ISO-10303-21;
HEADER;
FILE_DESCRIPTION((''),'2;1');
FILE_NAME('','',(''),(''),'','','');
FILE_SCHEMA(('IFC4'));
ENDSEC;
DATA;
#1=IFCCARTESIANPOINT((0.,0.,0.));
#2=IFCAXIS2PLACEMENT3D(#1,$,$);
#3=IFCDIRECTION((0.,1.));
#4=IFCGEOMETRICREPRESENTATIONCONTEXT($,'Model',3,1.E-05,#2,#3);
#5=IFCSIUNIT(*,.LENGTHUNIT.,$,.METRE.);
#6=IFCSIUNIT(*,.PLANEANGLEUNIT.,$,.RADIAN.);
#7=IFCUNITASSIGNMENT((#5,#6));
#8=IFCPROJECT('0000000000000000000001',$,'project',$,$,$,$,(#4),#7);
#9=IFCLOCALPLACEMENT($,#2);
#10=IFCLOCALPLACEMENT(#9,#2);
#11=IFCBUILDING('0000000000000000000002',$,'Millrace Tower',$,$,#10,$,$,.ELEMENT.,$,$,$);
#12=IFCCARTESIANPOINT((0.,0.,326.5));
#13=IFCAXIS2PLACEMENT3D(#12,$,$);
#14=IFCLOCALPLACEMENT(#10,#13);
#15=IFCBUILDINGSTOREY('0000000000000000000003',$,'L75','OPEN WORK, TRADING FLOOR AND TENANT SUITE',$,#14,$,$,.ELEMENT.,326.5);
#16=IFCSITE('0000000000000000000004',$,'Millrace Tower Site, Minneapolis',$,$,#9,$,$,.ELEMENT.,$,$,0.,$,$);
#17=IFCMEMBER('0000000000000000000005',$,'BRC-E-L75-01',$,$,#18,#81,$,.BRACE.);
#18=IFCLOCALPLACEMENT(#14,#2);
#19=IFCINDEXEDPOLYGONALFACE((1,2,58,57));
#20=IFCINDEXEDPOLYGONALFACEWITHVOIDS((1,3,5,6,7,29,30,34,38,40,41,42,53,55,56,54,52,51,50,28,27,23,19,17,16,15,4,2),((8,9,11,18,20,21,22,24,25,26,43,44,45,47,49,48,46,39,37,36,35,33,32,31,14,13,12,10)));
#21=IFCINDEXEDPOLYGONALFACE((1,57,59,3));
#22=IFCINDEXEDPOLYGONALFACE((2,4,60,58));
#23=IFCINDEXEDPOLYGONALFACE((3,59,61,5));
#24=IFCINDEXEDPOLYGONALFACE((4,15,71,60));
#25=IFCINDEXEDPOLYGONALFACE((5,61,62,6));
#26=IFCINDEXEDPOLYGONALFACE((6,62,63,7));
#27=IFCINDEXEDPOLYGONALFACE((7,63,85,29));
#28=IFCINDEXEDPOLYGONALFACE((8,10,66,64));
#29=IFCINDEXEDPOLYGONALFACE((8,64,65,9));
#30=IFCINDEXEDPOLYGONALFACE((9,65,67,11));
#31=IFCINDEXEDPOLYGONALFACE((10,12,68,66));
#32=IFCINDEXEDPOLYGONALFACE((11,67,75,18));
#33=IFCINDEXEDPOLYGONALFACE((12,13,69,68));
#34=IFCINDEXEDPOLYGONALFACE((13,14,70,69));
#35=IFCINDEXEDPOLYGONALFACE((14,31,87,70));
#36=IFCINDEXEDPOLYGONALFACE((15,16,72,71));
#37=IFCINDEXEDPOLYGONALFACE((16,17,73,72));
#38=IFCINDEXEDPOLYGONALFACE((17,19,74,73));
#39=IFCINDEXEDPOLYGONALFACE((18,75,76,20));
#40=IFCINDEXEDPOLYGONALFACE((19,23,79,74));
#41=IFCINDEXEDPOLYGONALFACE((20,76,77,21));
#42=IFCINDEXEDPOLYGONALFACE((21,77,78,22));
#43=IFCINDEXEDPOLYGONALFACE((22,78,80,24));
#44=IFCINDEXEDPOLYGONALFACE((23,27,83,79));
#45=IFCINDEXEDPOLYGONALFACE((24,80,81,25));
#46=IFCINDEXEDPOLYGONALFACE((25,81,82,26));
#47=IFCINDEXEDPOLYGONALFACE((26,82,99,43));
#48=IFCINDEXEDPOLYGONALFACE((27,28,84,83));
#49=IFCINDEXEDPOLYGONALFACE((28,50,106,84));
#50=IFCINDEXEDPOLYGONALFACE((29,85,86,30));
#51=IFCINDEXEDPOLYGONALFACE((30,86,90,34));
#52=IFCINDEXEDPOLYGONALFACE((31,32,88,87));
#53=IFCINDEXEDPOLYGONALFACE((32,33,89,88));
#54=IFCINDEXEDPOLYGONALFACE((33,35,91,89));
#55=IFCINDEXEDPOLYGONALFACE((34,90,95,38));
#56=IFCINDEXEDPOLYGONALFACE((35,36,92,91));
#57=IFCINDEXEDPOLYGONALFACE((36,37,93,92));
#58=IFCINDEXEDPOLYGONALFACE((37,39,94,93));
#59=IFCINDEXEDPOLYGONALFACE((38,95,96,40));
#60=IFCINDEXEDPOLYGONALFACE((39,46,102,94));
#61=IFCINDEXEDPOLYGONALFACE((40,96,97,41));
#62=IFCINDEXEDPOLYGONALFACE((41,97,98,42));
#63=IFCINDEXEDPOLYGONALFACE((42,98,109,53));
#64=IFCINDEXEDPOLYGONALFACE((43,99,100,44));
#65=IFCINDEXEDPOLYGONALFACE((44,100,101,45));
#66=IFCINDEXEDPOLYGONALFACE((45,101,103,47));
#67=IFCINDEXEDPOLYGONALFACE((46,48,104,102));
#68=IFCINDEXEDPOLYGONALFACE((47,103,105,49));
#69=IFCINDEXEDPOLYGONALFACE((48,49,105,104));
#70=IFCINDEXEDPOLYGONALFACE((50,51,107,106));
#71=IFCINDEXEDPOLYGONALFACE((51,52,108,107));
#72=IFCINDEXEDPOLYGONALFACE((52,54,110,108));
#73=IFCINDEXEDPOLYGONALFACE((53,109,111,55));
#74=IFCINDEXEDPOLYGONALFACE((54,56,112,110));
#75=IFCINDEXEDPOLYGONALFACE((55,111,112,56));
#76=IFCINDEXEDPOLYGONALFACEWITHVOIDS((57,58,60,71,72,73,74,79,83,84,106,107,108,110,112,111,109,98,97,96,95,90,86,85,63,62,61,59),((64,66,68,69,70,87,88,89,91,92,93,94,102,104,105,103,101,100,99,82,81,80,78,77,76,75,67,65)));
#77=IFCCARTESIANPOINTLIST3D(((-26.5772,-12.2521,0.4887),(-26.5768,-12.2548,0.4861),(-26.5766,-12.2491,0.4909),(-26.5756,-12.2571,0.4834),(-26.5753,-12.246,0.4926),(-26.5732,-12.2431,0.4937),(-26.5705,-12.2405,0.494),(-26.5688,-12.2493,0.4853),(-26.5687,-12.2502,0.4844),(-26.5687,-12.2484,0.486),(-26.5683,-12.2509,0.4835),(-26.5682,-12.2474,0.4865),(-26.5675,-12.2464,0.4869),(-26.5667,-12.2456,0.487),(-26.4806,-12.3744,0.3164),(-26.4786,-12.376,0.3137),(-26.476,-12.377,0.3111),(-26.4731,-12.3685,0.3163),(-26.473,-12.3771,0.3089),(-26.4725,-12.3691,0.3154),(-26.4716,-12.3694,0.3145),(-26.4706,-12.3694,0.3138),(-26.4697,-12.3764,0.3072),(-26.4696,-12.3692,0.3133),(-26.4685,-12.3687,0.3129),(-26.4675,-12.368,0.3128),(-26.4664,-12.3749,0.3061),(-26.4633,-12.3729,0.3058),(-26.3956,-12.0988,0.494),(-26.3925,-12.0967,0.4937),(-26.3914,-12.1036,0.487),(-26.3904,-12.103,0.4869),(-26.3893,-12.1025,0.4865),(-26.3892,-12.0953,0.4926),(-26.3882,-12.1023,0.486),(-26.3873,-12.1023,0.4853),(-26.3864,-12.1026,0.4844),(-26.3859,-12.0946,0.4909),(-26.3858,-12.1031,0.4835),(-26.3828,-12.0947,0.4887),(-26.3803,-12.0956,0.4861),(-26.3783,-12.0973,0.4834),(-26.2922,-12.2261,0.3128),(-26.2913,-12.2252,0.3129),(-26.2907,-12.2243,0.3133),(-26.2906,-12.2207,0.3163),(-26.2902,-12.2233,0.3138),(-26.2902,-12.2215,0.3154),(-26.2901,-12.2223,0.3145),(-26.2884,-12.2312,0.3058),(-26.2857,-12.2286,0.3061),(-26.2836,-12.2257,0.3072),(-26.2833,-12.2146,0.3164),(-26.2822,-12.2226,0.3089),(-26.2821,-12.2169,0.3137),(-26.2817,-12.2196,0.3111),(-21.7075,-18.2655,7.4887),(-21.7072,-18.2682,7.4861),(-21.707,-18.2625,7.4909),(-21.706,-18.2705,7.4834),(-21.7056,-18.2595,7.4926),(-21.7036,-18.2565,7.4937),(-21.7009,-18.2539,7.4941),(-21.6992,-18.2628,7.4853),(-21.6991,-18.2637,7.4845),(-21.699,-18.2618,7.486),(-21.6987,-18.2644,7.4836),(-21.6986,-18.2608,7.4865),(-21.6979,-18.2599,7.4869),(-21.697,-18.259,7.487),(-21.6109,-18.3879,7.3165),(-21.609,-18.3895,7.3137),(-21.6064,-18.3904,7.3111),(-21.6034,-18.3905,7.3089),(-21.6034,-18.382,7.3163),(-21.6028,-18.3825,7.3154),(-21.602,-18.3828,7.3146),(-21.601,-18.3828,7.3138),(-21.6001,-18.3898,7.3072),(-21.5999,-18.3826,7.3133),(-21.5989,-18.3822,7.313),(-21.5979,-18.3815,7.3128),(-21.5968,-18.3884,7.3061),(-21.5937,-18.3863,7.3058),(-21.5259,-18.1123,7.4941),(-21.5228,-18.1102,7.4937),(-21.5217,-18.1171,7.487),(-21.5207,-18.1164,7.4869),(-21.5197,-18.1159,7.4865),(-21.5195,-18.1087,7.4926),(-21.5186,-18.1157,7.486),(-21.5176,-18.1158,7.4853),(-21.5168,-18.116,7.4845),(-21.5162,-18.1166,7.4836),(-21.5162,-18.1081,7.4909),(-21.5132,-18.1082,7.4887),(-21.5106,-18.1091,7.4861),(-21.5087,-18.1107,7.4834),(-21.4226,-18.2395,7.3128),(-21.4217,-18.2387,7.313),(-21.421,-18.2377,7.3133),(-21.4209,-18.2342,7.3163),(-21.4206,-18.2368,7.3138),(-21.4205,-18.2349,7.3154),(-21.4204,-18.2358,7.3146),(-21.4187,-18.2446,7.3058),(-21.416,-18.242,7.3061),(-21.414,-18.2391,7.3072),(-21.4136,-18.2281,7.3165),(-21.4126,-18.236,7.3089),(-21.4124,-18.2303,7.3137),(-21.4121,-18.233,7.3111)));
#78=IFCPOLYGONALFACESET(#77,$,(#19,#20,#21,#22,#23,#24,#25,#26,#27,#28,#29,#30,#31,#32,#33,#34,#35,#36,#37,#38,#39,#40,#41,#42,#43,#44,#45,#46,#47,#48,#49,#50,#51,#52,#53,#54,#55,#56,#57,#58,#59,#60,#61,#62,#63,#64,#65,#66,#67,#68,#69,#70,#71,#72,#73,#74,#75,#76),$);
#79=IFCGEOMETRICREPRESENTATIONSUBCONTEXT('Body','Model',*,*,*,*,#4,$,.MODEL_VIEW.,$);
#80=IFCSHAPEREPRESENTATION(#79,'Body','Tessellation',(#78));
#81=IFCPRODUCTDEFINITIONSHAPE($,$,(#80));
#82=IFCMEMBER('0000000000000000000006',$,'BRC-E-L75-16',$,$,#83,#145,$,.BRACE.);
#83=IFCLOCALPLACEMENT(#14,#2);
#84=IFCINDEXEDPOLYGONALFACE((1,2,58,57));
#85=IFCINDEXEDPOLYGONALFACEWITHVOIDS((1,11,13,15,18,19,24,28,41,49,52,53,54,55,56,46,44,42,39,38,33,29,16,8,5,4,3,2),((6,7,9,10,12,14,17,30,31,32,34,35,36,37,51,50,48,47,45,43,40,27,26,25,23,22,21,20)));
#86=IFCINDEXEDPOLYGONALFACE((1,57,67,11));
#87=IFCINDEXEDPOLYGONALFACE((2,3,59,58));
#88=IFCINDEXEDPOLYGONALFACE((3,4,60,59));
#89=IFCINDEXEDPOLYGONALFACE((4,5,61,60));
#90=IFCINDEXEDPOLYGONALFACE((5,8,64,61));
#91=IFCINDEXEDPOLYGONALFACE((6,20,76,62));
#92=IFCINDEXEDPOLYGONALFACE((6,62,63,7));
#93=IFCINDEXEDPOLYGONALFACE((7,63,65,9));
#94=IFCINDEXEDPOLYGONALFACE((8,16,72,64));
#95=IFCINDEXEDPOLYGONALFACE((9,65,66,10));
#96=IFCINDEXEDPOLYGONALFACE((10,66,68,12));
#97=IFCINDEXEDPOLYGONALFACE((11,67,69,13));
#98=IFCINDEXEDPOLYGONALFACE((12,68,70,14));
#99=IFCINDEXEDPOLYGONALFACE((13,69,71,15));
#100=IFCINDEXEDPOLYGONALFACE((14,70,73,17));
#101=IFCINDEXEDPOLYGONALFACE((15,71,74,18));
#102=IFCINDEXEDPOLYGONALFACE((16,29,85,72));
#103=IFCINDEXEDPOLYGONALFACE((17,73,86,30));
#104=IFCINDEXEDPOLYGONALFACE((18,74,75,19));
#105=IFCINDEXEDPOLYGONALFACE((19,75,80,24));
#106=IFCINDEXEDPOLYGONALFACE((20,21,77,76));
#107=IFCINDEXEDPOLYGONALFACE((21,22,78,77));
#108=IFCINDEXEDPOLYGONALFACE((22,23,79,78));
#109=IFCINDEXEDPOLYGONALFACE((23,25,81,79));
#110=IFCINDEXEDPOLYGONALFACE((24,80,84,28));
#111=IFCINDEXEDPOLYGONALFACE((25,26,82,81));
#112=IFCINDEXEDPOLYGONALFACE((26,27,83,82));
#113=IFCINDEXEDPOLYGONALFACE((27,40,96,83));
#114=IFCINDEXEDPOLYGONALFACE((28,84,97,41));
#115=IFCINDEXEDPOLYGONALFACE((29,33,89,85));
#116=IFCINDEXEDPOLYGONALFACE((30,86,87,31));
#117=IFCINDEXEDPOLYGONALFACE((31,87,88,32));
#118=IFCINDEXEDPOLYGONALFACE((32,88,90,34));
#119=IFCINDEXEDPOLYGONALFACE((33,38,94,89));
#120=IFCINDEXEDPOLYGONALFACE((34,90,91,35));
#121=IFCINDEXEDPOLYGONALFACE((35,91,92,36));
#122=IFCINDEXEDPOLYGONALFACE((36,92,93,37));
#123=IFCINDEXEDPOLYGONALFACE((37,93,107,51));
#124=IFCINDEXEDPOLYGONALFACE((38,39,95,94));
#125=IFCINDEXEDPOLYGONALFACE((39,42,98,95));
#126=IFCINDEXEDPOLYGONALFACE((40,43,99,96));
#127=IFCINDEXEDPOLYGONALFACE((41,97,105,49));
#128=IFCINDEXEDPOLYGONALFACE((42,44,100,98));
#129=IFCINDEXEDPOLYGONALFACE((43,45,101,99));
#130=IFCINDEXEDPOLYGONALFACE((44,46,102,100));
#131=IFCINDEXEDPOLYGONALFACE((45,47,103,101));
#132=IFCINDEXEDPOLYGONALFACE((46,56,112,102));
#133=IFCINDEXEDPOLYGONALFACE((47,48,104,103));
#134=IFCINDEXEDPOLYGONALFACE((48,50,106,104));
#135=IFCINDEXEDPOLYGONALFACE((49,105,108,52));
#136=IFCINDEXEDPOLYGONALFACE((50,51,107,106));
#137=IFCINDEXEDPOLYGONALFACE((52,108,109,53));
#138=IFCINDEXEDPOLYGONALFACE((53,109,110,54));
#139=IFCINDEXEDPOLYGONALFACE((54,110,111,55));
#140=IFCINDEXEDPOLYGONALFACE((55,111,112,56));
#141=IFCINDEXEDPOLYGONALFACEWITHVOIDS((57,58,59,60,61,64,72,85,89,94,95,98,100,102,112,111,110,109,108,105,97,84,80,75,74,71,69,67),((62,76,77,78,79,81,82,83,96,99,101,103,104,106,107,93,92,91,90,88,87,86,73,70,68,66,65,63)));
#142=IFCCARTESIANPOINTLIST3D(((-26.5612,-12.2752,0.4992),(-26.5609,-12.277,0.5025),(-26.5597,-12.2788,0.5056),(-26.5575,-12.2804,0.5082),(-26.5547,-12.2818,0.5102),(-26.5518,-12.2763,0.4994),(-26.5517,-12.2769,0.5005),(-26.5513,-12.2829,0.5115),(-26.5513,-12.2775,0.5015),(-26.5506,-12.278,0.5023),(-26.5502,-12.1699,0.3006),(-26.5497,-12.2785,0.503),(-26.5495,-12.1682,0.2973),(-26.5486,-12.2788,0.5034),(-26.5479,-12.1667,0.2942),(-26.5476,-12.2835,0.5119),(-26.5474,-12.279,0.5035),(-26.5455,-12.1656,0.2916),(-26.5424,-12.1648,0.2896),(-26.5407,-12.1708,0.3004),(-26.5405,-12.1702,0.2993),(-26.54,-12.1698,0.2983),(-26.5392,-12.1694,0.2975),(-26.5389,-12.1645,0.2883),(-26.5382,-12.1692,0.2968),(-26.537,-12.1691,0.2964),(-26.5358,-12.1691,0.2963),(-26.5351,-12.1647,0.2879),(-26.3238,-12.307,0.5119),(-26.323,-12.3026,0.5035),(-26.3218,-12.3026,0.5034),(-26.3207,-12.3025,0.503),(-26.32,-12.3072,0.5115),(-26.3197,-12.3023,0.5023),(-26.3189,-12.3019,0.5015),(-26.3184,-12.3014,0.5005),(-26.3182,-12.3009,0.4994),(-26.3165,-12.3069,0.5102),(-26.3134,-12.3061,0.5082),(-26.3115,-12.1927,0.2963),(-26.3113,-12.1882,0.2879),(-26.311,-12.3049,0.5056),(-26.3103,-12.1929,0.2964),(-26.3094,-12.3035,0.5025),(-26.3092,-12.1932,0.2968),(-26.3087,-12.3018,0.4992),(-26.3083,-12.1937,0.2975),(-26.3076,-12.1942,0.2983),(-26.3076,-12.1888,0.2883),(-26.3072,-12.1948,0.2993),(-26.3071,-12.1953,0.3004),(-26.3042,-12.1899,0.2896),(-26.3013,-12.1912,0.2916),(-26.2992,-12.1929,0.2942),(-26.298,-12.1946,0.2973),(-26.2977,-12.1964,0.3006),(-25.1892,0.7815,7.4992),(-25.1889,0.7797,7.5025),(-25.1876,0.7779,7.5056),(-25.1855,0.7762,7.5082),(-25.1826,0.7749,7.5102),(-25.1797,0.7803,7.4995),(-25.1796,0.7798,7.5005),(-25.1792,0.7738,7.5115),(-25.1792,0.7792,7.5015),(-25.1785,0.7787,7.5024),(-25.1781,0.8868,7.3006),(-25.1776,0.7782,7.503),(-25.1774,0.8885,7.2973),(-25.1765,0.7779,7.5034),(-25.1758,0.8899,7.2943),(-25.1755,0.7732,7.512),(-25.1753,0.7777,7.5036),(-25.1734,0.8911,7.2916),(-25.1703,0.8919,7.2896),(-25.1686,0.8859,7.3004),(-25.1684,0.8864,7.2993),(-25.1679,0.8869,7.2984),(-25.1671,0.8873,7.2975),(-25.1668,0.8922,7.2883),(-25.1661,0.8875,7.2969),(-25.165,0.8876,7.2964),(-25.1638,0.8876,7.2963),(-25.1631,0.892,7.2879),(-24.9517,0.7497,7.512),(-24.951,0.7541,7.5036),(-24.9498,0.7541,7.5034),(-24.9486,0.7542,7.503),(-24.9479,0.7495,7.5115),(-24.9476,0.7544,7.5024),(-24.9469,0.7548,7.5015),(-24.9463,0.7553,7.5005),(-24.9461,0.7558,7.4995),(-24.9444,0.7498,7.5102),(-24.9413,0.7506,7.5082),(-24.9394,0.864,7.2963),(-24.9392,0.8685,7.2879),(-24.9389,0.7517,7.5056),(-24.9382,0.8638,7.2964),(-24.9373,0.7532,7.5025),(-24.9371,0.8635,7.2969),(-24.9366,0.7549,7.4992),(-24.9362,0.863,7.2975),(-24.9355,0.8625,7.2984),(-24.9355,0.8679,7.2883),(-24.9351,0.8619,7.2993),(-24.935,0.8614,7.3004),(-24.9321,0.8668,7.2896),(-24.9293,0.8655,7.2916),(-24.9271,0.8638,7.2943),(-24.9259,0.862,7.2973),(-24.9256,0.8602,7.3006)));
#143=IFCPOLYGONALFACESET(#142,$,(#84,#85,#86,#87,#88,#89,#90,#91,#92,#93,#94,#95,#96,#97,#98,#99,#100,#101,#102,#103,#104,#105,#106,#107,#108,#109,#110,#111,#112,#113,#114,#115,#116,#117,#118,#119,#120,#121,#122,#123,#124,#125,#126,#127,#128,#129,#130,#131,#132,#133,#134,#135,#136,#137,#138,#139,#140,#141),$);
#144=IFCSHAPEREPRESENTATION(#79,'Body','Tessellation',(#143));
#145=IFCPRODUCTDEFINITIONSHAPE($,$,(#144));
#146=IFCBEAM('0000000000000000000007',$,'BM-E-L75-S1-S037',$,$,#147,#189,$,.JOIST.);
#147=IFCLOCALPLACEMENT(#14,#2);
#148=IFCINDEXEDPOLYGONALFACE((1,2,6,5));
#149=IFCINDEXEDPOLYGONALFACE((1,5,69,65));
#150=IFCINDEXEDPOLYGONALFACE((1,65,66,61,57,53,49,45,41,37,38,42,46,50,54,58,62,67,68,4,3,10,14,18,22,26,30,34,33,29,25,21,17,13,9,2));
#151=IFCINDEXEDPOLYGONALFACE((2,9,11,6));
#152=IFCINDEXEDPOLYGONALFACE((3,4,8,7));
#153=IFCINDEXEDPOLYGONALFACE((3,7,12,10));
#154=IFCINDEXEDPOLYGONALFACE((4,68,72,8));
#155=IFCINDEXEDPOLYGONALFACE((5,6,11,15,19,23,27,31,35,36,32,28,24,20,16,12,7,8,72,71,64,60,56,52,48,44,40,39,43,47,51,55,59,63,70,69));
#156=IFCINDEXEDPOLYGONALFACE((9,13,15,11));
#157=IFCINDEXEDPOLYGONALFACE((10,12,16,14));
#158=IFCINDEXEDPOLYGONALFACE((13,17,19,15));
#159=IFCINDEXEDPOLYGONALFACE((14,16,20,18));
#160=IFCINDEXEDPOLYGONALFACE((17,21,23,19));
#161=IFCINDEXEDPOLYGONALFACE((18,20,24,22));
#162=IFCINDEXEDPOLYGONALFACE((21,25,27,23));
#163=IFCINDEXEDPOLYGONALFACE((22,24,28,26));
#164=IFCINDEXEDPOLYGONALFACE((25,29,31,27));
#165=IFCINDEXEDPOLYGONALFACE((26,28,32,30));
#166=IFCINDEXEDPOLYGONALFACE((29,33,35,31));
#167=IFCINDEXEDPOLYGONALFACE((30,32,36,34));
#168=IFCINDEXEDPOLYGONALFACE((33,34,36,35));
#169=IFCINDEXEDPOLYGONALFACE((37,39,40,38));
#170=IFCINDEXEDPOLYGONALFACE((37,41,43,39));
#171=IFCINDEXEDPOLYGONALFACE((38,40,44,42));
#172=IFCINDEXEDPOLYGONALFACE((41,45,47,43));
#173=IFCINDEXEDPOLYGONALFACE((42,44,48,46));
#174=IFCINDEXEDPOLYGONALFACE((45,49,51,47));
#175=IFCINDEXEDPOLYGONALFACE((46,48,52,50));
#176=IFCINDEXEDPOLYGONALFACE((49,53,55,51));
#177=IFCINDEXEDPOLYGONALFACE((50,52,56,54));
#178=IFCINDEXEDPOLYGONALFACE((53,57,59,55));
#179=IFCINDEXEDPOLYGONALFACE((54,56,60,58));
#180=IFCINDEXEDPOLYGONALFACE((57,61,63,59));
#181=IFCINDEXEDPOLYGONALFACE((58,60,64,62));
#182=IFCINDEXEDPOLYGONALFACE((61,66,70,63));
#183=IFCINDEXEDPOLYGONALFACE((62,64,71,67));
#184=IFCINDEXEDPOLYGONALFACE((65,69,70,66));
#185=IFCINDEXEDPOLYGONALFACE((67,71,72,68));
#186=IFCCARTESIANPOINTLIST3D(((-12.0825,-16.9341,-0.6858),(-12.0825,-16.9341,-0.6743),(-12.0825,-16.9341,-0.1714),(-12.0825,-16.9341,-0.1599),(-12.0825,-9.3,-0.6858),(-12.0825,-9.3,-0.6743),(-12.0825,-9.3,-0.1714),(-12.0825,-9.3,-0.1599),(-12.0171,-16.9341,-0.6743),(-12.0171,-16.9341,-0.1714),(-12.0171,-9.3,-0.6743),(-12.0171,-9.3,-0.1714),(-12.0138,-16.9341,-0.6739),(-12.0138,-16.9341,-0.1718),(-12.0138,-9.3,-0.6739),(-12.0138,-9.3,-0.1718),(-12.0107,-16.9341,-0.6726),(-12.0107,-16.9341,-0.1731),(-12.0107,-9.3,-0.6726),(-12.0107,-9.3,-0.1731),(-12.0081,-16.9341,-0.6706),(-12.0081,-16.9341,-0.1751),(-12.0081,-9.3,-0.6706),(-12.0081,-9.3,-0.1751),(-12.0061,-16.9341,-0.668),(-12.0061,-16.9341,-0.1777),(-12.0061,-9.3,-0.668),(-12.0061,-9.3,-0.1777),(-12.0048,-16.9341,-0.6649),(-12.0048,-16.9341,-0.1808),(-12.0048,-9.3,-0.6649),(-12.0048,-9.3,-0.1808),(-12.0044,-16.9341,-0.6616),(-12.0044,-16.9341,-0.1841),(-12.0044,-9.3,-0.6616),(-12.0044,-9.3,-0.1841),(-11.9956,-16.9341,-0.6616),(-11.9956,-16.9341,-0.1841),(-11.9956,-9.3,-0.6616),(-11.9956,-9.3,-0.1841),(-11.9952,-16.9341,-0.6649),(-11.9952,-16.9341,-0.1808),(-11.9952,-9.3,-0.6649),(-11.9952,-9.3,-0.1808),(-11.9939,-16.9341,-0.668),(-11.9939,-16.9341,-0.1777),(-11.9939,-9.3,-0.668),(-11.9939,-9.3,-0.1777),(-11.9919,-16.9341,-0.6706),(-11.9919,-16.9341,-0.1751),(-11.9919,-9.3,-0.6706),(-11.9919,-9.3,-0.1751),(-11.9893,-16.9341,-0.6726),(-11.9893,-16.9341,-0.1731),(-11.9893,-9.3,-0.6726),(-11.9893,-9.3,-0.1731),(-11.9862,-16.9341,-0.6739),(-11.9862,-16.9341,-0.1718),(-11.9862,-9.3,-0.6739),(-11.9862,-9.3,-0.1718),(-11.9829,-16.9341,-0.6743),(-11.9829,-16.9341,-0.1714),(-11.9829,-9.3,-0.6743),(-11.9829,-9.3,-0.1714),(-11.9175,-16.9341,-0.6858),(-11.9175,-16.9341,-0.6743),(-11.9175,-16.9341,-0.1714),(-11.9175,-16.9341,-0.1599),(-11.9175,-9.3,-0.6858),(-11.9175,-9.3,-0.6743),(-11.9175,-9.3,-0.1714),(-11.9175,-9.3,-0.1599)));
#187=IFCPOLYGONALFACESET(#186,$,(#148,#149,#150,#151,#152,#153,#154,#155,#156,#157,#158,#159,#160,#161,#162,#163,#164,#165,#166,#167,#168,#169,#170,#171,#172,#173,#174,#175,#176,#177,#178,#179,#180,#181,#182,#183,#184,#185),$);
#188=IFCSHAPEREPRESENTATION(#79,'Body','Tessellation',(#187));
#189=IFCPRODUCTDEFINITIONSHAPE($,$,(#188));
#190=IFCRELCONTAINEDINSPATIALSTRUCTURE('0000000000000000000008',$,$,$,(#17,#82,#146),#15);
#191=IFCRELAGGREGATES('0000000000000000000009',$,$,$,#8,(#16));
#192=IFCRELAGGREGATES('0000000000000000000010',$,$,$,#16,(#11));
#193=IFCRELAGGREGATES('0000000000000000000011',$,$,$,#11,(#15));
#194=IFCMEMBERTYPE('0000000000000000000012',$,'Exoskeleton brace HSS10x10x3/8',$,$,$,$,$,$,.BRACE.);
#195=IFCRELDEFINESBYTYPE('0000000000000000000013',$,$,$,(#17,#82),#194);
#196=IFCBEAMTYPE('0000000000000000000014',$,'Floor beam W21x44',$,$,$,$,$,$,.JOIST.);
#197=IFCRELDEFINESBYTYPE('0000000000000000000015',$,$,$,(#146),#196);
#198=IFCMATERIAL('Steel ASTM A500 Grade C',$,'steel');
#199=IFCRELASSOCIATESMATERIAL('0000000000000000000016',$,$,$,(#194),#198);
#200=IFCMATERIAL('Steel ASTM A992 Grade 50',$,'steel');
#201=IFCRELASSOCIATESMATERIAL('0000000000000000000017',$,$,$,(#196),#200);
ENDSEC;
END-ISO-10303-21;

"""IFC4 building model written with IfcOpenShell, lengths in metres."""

from ifc_helpers import new_model, si_unit, direction, frame, origin, origin_2d, place, context, subcontext, project, spatial, hollow_rectangle, i_section, extrude, material, material_profile, profile_set, type_object, element, save


model = new_model("IFC4")

# Units and contexts
model_context = context("Model", 3, precision=1e-05, world=origin(), true_north=direction((0.0, 1.0)))
body_context = subcontext(model_context, "Body", "Model", "MODEL_VIEW")
ifc_project = project(units=[si_unit("LENGTHUNIT", "METRE"), si_unit("PLANEANGLEUNIT", "RADIAN")], contexts=[model_context])

# Site, building, storey
site_placement = place(None, origin())
site = spatial("IfcSite", under=ifc_project, at=site_placement, Name="Millrace Tower Site, Minneapolis", CompositionType="ELEMENT", RefElevation=0.0)
building_placement = place(site_placement, origin())
building = spatial("IfcBuilding", under=site, at=building_placement, Name="Millrace Tower", CompositionType="ELEMENT")
storey_placement = place(building_placement, frame((0.0, 0.0, 326.5)))
storey = spatial("IfcBuildingStorey", under=building, at=storey_placement, Name="L75", Description="OPEN WORK, TRADING FLOOR AND TENANT SUITE", CompositionType="ELEMENT", Elevation=326.5)

# Members
ifc_material_1 = material(Name="Steel ASTM A500 Grade C", Category="steel")
ifc_material_profile_1 = material_profile(ifc_material_1, hollow_rectangle(XDim=0.2539, YDim=0.2539, WallThickness=0.0095, InnerFilletRadius=0.0046, OuterFilletRadius=0.0144, at=origin_2d()))
ifc_profile_set_1 = profile_set([ifc_material_profile_1], Name="Steel ASTM A500 Grade C")
member_type_1 = type_object("IfcMemberType", Name="Exoskeleton brace HSS10x10x3/8", PredefinedType="BRACE", material=ifc_profile_set_1)
member_1_placement = place(storey_placement, frame((-26.4294, -12.2358, 0.3999), z_axis=(0.466694, -0.576314, 0.670864), x_axis=(0.777143, 0.629324, 0.0)))
element("IfcMember", 1, at=member_1_placement, inside=storey, type_object=member_type_1, Name="BRC-E-L75-01", PredefinedType="BRACE", context=body_context, shape_type="SweptSolid", body=[
    extrude(hollow_rectangle(XDim=0.2539, YDim=0.2539, WallThickness=0.0095, InnerFilletRadius=0.0046, OuterFilletRadius=0.0144, at=origin_2d()), origin(), (0.0, 0.0, 1.0), 10.4343),
])
member_2_placement = place(storey_placement, frame((-26.4294, -12.2358, 0.3999), z_axis=(0.092221, 0.877573, 0.47049), x_axis=(-0.994524, 0.104511, 0.0)))
element("IfcMember", 2, at=member_2_placement, inside=storey, type_object=member_type_1, Name="BRC-E-L75-16", PredefinedType="BRACE", context=body_context, shape_type="SweptSolid", body=[
    extrude(hollow_rectangle(XDim=0.2539, YDim=0.2539, WallThickness=0.0095, InnerFilletRadius=0.0046, OuterFilletRadius=0.0144, at=origin_2d()), origin(), (0.0, 0.0, 1.0), 14.8782),
])

# Beam
ifc_material_2 = material(Name="Steel ASTM A992 Grade 50", Category="steel")
ifc_material_profile_2 = material_profile(ifc_material_2, i_section(OverallWidth=0.165, OverallDepth=0.5259, WebThickness=0.0088, FlangeThickness=0.0115, FilletRadius=0.0127, at=origin_2d()))
ifc_profile_set_2 = profile_set([ifc_material_profile_2], Name="Steel ASTM A992 Grade 50")
beam_type_1 = type_object("IfcBeamType", Name="Floor beam W21x44", PredefinedType="JOIST", material=ifc_profile_set_2)
beam_1_placement = place(storey_placement, frame((-12.0, -16.9341, -0.4229), z_axis=(0.0, 1.0, 0.0), x_axis=(-1.0, 0.0, 0.0)))
element("IfcBeam", 3, at=beam_1_placement, inside=storey, type_object=beam_type_1, Name="BM-E-L75-S1-S037", PredefinedType="JOIST", context=body_context, shape_type="SweptSolid", body=[
    extrude(i_section(OverallWidth=0.165, OverallDepth=0.5259, WebThickness=0.0088, FlangeThickness=0.0115, FilletRadius=0.0127, at=origin_2d()), origin(), (0.0, 0.0, 1.0), 7.634),
])

save(model, "model.ifc")
